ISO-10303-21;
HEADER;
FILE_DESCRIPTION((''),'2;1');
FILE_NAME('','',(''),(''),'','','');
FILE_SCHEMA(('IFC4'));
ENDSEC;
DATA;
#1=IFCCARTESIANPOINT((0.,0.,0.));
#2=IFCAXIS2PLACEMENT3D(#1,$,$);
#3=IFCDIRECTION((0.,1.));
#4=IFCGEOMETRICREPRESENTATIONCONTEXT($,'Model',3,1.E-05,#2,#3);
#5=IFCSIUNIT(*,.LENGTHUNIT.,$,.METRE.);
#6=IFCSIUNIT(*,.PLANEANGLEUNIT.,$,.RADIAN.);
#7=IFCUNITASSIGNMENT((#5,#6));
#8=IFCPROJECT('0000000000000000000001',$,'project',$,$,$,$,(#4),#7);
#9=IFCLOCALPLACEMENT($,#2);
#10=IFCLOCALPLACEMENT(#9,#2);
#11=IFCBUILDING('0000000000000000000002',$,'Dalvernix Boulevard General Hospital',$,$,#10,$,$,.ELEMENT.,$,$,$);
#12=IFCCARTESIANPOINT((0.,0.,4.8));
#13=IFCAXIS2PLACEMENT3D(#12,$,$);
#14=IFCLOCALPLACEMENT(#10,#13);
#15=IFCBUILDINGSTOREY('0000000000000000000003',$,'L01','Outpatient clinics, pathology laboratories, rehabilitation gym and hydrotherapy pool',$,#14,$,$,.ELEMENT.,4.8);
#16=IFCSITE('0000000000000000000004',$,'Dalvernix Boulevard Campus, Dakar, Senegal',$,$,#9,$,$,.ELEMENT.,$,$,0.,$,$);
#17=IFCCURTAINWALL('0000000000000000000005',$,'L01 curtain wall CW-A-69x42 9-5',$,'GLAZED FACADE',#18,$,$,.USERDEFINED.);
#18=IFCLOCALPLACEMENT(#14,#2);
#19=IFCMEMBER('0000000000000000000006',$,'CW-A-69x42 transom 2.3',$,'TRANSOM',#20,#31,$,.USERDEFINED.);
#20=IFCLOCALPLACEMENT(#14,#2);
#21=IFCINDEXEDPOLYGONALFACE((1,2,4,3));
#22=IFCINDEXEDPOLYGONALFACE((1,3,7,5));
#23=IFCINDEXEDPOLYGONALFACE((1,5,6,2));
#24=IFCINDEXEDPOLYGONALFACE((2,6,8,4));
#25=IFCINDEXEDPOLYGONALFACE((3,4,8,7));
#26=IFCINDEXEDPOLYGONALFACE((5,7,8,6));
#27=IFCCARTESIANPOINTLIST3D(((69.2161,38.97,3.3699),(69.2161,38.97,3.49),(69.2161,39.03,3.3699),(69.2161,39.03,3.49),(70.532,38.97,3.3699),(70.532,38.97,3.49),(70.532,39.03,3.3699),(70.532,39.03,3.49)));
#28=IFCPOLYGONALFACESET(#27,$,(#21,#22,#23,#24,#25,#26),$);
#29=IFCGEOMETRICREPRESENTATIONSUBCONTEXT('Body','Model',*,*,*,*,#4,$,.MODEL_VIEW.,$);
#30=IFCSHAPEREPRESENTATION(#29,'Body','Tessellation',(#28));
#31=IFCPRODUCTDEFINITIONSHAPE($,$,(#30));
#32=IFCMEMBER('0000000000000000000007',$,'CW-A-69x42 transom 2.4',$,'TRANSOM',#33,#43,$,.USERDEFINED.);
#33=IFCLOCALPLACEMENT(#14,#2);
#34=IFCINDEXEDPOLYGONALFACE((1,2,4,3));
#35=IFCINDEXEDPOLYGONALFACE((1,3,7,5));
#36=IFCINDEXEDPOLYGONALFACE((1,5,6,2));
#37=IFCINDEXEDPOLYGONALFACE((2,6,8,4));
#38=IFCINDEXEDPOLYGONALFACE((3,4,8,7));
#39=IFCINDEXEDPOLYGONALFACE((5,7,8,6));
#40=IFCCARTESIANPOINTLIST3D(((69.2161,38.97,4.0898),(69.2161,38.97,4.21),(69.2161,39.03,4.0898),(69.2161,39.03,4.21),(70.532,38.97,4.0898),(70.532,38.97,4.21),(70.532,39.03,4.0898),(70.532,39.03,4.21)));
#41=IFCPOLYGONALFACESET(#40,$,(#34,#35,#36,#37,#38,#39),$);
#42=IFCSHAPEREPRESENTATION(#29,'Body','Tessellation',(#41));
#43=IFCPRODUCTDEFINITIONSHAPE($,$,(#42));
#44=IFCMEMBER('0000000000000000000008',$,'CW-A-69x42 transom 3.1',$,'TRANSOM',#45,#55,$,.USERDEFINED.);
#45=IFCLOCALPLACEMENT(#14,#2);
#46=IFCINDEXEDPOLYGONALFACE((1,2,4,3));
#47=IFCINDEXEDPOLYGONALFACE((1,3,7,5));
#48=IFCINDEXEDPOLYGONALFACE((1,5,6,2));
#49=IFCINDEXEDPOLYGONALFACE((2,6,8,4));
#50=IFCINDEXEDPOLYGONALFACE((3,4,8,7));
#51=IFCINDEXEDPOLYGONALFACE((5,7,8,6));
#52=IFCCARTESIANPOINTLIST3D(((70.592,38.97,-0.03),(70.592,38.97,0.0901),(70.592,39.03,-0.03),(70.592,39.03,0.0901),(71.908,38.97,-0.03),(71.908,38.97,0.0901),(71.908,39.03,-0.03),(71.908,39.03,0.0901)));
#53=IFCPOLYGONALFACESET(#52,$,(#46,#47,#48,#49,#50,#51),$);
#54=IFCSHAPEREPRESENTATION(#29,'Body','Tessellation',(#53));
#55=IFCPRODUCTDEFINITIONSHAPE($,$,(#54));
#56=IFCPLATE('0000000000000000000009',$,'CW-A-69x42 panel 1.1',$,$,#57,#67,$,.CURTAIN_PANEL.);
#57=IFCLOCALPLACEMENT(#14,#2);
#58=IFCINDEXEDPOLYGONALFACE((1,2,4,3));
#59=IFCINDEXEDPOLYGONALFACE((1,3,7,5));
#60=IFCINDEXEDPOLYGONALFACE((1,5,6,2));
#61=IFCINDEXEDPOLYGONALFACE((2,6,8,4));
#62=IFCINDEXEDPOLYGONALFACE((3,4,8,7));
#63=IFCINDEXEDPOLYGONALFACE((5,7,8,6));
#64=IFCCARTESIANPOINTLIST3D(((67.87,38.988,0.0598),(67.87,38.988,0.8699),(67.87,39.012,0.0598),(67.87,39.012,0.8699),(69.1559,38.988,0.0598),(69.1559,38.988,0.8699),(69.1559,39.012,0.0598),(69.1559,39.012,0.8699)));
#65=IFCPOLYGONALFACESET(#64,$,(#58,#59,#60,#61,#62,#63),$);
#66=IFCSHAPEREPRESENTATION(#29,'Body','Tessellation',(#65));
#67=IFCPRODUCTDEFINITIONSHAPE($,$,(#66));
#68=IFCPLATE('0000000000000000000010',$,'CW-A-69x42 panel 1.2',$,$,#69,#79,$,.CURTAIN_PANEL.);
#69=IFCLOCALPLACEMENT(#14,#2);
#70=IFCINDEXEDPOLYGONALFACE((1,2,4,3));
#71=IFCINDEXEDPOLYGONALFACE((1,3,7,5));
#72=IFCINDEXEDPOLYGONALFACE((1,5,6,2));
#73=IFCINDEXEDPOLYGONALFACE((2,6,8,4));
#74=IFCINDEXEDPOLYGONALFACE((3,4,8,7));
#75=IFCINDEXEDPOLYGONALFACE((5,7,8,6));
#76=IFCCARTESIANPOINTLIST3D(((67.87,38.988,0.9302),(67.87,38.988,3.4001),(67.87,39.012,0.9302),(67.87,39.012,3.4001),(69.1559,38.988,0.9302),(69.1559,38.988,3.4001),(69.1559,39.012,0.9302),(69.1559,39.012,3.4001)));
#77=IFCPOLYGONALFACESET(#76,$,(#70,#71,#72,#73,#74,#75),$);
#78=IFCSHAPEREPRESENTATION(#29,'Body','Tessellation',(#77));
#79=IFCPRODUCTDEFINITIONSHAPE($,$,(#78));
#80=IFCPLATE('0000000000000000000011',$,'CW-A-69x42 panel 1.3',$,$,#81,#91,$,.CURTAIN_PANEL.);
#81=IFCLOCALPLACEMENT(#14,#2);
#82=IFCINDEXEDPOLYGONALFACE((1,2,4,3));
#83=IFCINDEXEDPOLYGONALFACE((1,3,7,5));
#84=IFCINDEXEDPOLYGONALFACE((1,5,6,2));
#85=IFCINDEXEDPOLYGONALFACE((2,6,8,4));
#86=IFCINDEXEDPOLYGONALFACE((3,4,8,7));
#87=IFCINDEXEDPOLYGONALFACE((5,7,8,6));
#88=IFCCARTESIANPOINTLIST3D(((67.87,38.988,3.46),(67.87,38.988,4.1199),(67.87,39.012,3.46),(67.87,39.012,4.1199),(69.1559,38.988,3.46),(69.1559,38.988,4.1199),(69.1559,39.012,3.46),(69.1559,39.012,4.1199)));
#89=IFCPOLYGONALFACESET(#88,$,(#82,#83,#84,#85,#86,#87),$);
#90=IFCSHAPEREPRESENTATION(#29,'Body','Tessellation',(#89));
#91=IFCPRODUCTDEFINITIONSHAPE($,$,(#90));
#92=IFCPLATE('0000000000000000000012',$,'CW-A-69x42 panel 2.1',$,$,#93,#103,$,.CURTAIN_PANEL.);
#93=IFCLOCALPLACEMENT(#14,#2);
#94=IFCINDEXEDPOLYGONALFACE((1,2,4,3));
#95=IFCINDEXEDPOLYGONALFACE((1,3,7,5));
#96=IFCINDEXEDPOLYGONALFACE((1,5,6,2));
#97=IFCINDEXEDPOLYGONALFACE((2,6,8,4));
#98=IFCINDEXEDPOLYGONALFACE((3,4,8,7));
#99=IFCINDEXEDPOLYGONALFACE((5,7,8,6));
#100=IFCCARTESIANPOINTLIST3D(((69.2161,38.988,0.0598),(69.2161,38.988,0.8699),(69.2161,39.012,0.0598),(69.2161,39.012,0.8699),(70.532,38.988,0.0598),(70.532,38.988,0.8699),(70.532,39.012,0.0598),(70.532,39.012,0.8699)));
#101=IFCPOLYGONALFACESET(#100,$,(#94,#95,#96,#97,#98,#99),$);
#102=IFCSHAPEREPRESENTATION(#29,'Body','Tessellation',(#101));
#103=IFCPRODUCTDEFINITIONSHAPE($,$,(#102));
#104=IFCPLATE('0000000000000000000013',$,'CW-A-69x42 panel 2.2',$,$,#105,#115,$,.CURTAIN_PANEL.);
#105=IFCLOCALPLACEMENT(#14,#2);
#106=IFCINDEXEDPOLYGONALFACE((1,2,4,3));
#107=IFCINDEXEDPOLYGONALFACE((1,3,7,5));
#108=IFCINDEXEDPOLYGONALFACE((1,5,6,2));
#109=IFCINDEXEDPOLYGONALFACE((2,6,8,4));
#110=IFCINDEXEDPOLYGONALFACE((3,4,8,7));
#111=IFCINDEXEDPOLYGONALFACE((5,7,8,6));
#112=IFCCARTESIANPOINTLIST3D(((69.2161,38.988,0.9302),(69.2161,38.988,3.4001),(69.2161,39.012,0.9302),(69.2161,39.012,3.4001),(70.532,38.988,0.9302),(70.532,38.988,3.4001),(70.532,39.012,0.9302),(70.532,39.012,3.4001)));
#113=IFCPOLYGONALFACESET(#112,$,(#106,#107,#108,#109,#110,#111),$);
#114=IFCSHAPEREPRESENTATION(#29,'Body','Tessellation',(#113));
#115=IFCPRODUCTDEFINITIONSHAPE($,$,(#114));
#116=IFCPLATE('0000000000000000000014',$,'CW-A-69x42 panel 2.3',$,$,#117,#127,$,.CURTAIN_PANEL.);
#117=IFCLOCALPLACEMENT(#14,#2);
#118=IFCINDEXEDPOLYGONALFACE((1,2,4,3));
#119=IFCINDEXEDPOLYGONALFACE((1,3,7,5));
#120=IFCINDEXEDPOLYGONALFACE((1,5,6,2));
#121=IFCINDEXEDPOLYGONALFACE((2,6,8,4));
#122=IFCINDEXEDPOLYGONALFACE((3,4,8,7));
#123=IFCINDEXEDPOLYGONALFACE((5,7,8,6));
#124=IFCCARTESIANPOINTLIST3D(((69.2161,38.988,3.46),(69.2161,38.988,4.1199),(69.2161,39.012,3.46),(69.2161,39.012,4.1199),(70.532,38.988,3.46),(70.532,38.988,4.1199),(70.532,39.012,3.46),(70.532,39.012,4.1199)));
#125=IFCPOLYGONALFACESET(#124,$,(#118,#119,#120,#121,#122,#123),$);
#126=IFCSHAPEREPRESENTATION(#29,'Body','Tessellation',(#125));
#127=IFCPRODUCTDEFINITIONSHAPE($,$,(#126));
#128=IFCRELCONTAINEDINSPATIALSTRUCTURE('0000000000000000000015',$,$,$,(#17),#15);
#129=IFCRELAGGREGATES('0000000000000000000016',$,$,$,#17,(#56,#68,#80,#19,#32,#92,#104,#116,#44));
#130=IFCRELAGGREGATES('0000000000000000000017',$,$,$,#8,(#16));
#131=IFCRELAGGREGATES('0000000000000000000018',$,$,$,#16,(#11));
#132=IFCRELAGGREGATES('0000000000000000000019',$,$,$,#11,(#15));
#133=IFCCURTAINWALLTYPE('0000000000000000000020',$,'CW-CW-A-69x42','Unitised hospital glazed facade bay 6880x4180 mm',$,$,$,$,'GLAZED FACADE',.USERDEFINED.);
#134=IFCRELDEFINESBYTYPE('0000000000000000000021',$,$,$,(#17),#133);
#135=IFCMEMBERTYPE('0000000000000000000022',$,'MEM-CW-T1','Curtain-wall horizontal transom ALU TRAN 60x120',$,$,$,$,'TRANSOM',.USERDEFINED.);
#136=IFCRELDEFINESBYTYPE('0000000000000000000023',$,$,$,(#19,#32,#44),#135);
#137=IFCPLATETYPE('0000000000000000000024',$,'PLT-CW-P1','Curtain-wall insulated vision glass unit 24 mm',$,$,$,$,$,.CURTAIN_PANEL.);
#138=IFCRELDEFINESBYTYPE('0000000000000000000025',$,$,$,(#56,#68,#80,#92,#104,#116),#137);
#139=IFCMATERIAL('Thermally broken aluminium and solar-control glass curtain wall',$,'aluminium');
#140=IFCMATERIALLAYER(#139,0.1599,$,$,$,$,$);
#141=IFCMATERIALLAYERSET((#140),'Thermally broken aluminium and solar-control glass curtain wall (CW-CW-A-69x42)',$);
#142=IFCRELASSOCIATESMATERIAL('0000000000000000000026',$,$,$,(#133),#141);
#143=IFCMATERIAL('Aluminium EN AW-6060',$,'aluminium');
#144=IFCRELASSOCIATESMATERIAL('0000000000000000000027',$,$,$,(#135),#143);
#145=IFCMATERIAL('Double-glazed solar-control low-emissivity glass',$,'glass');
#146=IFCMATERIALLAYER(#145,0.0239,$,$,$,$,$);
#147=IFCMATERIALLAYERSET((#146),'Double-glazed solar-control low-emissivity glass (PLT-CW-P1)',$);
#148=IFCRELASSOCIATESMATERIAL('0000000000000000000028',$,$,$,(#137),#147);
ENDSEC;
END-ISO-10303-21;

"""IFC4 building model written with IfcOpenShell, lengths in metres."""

from ifc_helpers import new_model, si_unit, direction, frame, origin, origin_2d, place, context, subcontext, project, spatial, rectangle, extrude, material, layer, layer_set, material_profile, profile_set, type_object, element, aggregate, save


model = new_model("IFC4")

# Units and contexts
model_context = context("Model", 3, precision=1e-05, world=origin(), true_north=direction((0.0, 1.0)))
body_context = subcontext(model_context, "Body", "Model", "MODEL_VIEW")
ifc_project = project(units=[si_unit("LENGTHUNIT", "METRE"), si_unit("PLANEANGLEUNIT", "RADIAN")], contexts=[model_context])

# Site, building, storey
site_placement = place(None, origin())
site = spatial("IfcSite", under=ifc_project, at=site_placement, Name="Dalvernix Boulevard Campus, Dakar, Senegal", CompositionType="ELEMENT", RefElevation=0.0)
building_placement = place(site_placement, origin())
building = spatial("IfcBuilding", under=site, at=building_placement, Name="Dalvernix Boulevard General Hospital", CompositionType="ELEMENT")
storey_placement = place(building_placement, frame((0.0, 0.0, 4.8)))
storey = spatial("IfcBuildingStorey", under=building, at=storey_placement, Name="L01", Description="Outpatient clinics, pathology laboratories, rehabilitation gym and hydrotherapy pool", CompositionType="ELEMENT", Elevation=4.8)

# Curtain wall, members, plates
ifc_material_1 = material(Name="Thermally broken aluminium and solar-control glass curtain wall", Category="aluminium")
ifc_layer_1 = layer(ifc_material_1, 0.1599)
ifc_layer_set_1 = layer_set([ifc_layer_1], Name="Thermally broken aluminium and solar-control glass curtain wall (CW-CW-A-69x42)")
curtain_wall_type = type_object("IfcCurtainWallType", Name="CW-CW-A-69x42", Description="Unitised hospital glazed facade bay 6880x4180 mm", ElementType="GLAZED FACADE", PredefinedType="USERDEFINED", material=ifc_layer_set_1)
curtain_wall_placement = place(storey_placement, origin())
curtain_wall = element("IfcCurtainWall", 1, at=curtain_wall_placement, inside=storey, type_object=curtain_wall_type, Name="L01 curtain wall CW-A-69x42 9-5", ObjectType="GLAZED FACADE", PredefinedType="USERDEFINED")
ifc_material_2 = material(Name="Aluminium EN AW-6060", Category="aluminium")
ifc_material_profile_1 = material_profile(ifc_material_2, rectangle(XDim=0.0601, YDim=0.1201, at=origin_2d()), Name="ALU TRAN 60x120")
ifc_profile_set_1 = profile_set([ifc_material_profile_1], Name="Aluminium EN AW-6060")
member_type_1 = type_object("IfcMemberType", Name="MEM-CW-T1", Description="Curtain-wall horizontal transom ALU TRAN 60x120", ElementType="TRANSOM", PredefinedType="USERDEFINED", material=ifc_profile_set_1)
member_1_placement = place(storey_placement, frame((69.2161, 39.0, 3.4299), z_axis=(1.0, 0.0, 0.0), x_axis=(0.0, 1.0, 0.0)))
member_1 = element("IfcMember", 2, at=member_1_placement, type_object=member_type_1, Name="CW-A-69x42 transom 2.3", ObjectType="TRANSOM", PredefinedType="USERDEFINED", context=body_context, shape_type="SweptSolid", body=[
    extrude(rectangle(XDim=0.0601, YDim=0.1201, at=origin_2d()), origin(), (0.0, 0.0, 1.0), 1.3159),
])
member_2_placement = place(storey_placement, frame((69.2161, 39.0, 4.1499), z_axis=(1.0, 0.0, 0.0), x_axis=(0.0, 1.0, 0.0)))
member_2 = element("IfcMember", 3, at=member_2_placement, type_object=member_type_1, Name="CW-A-69x42 transom 2.4", ObjectType="TRANSOM", PredefinedType="USERDEFINED", context=body_context, shape_type="SweptSolid", body=[
    extrude(rectangle(XDim=0.0601, YDim=0.1201, at=origin_2d()), origin(), (0.0, 0.0, 1.0), 1.3159),
])
member_3_placement = place(storey_placement, frame((70.592, 39.0, 0.03), z_axis=(1.0, 0.0, 0.0), x_axis=(0.0, 1.0, 0.0)))
member_3 = element("IfcMember", 4, at=member_3_placement, type_object=member_type_1, Name="CW-A-69x42 transom 3.1", ObjectType="TRANSOM", PredefinedType="USERDEFINED", context=body_context, shape_type="SweptSolid", body=[
    extrude(rectangle(XDim=0.0601, YDim=0.1201, at=origin_2d()), origin(), (0.0, 0.0, 1.0), 1.3159),
])
ifc_material_3 = material(Name="Double-glazed solar-control low-emissivity glass", Category="glass")
ifc_layer_2 = layer(ifc_material_3, 0.0239)
ifc_layer_set_2 = layer_set([ifc_layer_2], Name="Double-glazed solar-control low-emissivity glass (PLT-CW-P1)")
plate_type = type_object("IfcPlateType", Name="PLT-CW-P1", Description="Curtain-wall insulated vision glass unit 24 mm", PredefinedType="CURTAIN_PANEL", material=ifc_layer_set_2)
plate_1_placement = place(storey_placement, frame((68.5129, 39.0, 0.0598), z_axis=(0.0, 0.0, 1.0), x_axis=(1.0, 0.0, 0.0)))
plate_1 = element("IfcPlate", 5, at=plate_1_placement, type_object=plate_type, Name="CW-A-69x42 panel 1.1", PredefinedType="CURTAIN_PANEL", context=body_context, shape_type="SweptSolid", body=[
    extrude(rectangle(XDim=1.2859, YDim=0.0239, at=origin_2d()), origin(), (0.0, 0.0, 1.0), 0.8101),
])
plate_2_placement = place(storey_placement, frame((68.5129, 39.0, 0.9302), z_axis=(0.0, 0.0, 1.0), x_axis=(1.0, 0.0, 0.0)))
plate_2 = element("IfcPlate", 6, at=plate_2_placement, type_object=plate_type, Name="CW-A-69x42 panel 1.2", PredefinedType="CURTAIN_PANEL", context=body_context, shape_type="SweptSolid", body=[
    extrude(rectangle(XDim=1.2859, YDim=0.0239, at=origin_2d()), origin(), (0.0, 0.0, 1.0), 2.47),
])
plate_3_placement = place(storey_placement, frame((68.5129, 39.0, 3.46), z_axis=(0.0, 0.0, 1.0), x_axis=(1.0, 0.0, 0.0)))
plate_3 = element("IfcPlate", 7, at=plate_3_placement, type_object=plate_type, Name="CW-A-69x42 panel 1.3", PredefinedType="CURTAIN_PANEL", context=body_context, shape_type="SweptSolid", body=[
    extrude(rectangle(XDim=1.2859, YDim=0.0239, at=origin_2d()), origin(), (0.0, 0.0, 1.0), 0.6599),
])
plate_4_placement = place(storey_placement, frame((69.874, 39.0, 0.0598), z_axis=(0.0, 0.0, 1.0), x_axis=(1.0, 0.0, 0.0)))
plate_4 = element("IfcPlate", 8, at=plate_4_placement, type_object=plate_type, Name="CW-A-69x42 panel 2.1", PredefinedType="CURTAIN_PANEL", context=body_context, shape_type="SweptSolid", body=[
    extrude(rectangle(XDim=1.3159, YDim=0.0239, at=origin_2d()), origin(), (0.0, 0.0, 1.0), 0.8101),
])
plate_5_placement = place(storey_placement, frame((69.874, 39.0, 0.9302), z_axis=(0.0, 0.0, 1.0), x_axis=(1.0, 0.0, 0.0)))
plate_5 = element("IfcPlate", 9, at=plate_5_placement, type_object=plate_type, Name="CW-A-69x42 panel 2.2", PredefinedType="CURTAIN_PANEL", context=body_context, shape_type="SweptSolid", body=[
    extrude(rectangle(XDim=1.3159, YDim=0.0239, at=origin_2d()), origin(), (0.0, 0.0, 1.0), 2.47),
])
plate_6_placement = place(storey_placement, frame((69.874, 39.0, 3.46), z_axis=(0.0, 0.0, 1.0), x_axis=(1.0, 0.0, 0.0)))
plate_6 = element("IfcPlate", 10, at=plate_6_placement, type_object=plate_type, Name="CW-A-69x42 panel 2.3", PredefinedType="CURTAIN_PANEL", context=body_context, shape_type="SweptSolid", body=[
    extrude(rectangle(XDim=1.3159, YDim=0.0239, at=origin_2d()), origin(), (0.0, 0.0, 1.0), 0.6599),
])
aggregate(curtain_wall, [plate_1, plate_2, plate_3, member_1, member_2, plate_4, plate_5, plate_6, member_3])

save(model, "model.ifc")
